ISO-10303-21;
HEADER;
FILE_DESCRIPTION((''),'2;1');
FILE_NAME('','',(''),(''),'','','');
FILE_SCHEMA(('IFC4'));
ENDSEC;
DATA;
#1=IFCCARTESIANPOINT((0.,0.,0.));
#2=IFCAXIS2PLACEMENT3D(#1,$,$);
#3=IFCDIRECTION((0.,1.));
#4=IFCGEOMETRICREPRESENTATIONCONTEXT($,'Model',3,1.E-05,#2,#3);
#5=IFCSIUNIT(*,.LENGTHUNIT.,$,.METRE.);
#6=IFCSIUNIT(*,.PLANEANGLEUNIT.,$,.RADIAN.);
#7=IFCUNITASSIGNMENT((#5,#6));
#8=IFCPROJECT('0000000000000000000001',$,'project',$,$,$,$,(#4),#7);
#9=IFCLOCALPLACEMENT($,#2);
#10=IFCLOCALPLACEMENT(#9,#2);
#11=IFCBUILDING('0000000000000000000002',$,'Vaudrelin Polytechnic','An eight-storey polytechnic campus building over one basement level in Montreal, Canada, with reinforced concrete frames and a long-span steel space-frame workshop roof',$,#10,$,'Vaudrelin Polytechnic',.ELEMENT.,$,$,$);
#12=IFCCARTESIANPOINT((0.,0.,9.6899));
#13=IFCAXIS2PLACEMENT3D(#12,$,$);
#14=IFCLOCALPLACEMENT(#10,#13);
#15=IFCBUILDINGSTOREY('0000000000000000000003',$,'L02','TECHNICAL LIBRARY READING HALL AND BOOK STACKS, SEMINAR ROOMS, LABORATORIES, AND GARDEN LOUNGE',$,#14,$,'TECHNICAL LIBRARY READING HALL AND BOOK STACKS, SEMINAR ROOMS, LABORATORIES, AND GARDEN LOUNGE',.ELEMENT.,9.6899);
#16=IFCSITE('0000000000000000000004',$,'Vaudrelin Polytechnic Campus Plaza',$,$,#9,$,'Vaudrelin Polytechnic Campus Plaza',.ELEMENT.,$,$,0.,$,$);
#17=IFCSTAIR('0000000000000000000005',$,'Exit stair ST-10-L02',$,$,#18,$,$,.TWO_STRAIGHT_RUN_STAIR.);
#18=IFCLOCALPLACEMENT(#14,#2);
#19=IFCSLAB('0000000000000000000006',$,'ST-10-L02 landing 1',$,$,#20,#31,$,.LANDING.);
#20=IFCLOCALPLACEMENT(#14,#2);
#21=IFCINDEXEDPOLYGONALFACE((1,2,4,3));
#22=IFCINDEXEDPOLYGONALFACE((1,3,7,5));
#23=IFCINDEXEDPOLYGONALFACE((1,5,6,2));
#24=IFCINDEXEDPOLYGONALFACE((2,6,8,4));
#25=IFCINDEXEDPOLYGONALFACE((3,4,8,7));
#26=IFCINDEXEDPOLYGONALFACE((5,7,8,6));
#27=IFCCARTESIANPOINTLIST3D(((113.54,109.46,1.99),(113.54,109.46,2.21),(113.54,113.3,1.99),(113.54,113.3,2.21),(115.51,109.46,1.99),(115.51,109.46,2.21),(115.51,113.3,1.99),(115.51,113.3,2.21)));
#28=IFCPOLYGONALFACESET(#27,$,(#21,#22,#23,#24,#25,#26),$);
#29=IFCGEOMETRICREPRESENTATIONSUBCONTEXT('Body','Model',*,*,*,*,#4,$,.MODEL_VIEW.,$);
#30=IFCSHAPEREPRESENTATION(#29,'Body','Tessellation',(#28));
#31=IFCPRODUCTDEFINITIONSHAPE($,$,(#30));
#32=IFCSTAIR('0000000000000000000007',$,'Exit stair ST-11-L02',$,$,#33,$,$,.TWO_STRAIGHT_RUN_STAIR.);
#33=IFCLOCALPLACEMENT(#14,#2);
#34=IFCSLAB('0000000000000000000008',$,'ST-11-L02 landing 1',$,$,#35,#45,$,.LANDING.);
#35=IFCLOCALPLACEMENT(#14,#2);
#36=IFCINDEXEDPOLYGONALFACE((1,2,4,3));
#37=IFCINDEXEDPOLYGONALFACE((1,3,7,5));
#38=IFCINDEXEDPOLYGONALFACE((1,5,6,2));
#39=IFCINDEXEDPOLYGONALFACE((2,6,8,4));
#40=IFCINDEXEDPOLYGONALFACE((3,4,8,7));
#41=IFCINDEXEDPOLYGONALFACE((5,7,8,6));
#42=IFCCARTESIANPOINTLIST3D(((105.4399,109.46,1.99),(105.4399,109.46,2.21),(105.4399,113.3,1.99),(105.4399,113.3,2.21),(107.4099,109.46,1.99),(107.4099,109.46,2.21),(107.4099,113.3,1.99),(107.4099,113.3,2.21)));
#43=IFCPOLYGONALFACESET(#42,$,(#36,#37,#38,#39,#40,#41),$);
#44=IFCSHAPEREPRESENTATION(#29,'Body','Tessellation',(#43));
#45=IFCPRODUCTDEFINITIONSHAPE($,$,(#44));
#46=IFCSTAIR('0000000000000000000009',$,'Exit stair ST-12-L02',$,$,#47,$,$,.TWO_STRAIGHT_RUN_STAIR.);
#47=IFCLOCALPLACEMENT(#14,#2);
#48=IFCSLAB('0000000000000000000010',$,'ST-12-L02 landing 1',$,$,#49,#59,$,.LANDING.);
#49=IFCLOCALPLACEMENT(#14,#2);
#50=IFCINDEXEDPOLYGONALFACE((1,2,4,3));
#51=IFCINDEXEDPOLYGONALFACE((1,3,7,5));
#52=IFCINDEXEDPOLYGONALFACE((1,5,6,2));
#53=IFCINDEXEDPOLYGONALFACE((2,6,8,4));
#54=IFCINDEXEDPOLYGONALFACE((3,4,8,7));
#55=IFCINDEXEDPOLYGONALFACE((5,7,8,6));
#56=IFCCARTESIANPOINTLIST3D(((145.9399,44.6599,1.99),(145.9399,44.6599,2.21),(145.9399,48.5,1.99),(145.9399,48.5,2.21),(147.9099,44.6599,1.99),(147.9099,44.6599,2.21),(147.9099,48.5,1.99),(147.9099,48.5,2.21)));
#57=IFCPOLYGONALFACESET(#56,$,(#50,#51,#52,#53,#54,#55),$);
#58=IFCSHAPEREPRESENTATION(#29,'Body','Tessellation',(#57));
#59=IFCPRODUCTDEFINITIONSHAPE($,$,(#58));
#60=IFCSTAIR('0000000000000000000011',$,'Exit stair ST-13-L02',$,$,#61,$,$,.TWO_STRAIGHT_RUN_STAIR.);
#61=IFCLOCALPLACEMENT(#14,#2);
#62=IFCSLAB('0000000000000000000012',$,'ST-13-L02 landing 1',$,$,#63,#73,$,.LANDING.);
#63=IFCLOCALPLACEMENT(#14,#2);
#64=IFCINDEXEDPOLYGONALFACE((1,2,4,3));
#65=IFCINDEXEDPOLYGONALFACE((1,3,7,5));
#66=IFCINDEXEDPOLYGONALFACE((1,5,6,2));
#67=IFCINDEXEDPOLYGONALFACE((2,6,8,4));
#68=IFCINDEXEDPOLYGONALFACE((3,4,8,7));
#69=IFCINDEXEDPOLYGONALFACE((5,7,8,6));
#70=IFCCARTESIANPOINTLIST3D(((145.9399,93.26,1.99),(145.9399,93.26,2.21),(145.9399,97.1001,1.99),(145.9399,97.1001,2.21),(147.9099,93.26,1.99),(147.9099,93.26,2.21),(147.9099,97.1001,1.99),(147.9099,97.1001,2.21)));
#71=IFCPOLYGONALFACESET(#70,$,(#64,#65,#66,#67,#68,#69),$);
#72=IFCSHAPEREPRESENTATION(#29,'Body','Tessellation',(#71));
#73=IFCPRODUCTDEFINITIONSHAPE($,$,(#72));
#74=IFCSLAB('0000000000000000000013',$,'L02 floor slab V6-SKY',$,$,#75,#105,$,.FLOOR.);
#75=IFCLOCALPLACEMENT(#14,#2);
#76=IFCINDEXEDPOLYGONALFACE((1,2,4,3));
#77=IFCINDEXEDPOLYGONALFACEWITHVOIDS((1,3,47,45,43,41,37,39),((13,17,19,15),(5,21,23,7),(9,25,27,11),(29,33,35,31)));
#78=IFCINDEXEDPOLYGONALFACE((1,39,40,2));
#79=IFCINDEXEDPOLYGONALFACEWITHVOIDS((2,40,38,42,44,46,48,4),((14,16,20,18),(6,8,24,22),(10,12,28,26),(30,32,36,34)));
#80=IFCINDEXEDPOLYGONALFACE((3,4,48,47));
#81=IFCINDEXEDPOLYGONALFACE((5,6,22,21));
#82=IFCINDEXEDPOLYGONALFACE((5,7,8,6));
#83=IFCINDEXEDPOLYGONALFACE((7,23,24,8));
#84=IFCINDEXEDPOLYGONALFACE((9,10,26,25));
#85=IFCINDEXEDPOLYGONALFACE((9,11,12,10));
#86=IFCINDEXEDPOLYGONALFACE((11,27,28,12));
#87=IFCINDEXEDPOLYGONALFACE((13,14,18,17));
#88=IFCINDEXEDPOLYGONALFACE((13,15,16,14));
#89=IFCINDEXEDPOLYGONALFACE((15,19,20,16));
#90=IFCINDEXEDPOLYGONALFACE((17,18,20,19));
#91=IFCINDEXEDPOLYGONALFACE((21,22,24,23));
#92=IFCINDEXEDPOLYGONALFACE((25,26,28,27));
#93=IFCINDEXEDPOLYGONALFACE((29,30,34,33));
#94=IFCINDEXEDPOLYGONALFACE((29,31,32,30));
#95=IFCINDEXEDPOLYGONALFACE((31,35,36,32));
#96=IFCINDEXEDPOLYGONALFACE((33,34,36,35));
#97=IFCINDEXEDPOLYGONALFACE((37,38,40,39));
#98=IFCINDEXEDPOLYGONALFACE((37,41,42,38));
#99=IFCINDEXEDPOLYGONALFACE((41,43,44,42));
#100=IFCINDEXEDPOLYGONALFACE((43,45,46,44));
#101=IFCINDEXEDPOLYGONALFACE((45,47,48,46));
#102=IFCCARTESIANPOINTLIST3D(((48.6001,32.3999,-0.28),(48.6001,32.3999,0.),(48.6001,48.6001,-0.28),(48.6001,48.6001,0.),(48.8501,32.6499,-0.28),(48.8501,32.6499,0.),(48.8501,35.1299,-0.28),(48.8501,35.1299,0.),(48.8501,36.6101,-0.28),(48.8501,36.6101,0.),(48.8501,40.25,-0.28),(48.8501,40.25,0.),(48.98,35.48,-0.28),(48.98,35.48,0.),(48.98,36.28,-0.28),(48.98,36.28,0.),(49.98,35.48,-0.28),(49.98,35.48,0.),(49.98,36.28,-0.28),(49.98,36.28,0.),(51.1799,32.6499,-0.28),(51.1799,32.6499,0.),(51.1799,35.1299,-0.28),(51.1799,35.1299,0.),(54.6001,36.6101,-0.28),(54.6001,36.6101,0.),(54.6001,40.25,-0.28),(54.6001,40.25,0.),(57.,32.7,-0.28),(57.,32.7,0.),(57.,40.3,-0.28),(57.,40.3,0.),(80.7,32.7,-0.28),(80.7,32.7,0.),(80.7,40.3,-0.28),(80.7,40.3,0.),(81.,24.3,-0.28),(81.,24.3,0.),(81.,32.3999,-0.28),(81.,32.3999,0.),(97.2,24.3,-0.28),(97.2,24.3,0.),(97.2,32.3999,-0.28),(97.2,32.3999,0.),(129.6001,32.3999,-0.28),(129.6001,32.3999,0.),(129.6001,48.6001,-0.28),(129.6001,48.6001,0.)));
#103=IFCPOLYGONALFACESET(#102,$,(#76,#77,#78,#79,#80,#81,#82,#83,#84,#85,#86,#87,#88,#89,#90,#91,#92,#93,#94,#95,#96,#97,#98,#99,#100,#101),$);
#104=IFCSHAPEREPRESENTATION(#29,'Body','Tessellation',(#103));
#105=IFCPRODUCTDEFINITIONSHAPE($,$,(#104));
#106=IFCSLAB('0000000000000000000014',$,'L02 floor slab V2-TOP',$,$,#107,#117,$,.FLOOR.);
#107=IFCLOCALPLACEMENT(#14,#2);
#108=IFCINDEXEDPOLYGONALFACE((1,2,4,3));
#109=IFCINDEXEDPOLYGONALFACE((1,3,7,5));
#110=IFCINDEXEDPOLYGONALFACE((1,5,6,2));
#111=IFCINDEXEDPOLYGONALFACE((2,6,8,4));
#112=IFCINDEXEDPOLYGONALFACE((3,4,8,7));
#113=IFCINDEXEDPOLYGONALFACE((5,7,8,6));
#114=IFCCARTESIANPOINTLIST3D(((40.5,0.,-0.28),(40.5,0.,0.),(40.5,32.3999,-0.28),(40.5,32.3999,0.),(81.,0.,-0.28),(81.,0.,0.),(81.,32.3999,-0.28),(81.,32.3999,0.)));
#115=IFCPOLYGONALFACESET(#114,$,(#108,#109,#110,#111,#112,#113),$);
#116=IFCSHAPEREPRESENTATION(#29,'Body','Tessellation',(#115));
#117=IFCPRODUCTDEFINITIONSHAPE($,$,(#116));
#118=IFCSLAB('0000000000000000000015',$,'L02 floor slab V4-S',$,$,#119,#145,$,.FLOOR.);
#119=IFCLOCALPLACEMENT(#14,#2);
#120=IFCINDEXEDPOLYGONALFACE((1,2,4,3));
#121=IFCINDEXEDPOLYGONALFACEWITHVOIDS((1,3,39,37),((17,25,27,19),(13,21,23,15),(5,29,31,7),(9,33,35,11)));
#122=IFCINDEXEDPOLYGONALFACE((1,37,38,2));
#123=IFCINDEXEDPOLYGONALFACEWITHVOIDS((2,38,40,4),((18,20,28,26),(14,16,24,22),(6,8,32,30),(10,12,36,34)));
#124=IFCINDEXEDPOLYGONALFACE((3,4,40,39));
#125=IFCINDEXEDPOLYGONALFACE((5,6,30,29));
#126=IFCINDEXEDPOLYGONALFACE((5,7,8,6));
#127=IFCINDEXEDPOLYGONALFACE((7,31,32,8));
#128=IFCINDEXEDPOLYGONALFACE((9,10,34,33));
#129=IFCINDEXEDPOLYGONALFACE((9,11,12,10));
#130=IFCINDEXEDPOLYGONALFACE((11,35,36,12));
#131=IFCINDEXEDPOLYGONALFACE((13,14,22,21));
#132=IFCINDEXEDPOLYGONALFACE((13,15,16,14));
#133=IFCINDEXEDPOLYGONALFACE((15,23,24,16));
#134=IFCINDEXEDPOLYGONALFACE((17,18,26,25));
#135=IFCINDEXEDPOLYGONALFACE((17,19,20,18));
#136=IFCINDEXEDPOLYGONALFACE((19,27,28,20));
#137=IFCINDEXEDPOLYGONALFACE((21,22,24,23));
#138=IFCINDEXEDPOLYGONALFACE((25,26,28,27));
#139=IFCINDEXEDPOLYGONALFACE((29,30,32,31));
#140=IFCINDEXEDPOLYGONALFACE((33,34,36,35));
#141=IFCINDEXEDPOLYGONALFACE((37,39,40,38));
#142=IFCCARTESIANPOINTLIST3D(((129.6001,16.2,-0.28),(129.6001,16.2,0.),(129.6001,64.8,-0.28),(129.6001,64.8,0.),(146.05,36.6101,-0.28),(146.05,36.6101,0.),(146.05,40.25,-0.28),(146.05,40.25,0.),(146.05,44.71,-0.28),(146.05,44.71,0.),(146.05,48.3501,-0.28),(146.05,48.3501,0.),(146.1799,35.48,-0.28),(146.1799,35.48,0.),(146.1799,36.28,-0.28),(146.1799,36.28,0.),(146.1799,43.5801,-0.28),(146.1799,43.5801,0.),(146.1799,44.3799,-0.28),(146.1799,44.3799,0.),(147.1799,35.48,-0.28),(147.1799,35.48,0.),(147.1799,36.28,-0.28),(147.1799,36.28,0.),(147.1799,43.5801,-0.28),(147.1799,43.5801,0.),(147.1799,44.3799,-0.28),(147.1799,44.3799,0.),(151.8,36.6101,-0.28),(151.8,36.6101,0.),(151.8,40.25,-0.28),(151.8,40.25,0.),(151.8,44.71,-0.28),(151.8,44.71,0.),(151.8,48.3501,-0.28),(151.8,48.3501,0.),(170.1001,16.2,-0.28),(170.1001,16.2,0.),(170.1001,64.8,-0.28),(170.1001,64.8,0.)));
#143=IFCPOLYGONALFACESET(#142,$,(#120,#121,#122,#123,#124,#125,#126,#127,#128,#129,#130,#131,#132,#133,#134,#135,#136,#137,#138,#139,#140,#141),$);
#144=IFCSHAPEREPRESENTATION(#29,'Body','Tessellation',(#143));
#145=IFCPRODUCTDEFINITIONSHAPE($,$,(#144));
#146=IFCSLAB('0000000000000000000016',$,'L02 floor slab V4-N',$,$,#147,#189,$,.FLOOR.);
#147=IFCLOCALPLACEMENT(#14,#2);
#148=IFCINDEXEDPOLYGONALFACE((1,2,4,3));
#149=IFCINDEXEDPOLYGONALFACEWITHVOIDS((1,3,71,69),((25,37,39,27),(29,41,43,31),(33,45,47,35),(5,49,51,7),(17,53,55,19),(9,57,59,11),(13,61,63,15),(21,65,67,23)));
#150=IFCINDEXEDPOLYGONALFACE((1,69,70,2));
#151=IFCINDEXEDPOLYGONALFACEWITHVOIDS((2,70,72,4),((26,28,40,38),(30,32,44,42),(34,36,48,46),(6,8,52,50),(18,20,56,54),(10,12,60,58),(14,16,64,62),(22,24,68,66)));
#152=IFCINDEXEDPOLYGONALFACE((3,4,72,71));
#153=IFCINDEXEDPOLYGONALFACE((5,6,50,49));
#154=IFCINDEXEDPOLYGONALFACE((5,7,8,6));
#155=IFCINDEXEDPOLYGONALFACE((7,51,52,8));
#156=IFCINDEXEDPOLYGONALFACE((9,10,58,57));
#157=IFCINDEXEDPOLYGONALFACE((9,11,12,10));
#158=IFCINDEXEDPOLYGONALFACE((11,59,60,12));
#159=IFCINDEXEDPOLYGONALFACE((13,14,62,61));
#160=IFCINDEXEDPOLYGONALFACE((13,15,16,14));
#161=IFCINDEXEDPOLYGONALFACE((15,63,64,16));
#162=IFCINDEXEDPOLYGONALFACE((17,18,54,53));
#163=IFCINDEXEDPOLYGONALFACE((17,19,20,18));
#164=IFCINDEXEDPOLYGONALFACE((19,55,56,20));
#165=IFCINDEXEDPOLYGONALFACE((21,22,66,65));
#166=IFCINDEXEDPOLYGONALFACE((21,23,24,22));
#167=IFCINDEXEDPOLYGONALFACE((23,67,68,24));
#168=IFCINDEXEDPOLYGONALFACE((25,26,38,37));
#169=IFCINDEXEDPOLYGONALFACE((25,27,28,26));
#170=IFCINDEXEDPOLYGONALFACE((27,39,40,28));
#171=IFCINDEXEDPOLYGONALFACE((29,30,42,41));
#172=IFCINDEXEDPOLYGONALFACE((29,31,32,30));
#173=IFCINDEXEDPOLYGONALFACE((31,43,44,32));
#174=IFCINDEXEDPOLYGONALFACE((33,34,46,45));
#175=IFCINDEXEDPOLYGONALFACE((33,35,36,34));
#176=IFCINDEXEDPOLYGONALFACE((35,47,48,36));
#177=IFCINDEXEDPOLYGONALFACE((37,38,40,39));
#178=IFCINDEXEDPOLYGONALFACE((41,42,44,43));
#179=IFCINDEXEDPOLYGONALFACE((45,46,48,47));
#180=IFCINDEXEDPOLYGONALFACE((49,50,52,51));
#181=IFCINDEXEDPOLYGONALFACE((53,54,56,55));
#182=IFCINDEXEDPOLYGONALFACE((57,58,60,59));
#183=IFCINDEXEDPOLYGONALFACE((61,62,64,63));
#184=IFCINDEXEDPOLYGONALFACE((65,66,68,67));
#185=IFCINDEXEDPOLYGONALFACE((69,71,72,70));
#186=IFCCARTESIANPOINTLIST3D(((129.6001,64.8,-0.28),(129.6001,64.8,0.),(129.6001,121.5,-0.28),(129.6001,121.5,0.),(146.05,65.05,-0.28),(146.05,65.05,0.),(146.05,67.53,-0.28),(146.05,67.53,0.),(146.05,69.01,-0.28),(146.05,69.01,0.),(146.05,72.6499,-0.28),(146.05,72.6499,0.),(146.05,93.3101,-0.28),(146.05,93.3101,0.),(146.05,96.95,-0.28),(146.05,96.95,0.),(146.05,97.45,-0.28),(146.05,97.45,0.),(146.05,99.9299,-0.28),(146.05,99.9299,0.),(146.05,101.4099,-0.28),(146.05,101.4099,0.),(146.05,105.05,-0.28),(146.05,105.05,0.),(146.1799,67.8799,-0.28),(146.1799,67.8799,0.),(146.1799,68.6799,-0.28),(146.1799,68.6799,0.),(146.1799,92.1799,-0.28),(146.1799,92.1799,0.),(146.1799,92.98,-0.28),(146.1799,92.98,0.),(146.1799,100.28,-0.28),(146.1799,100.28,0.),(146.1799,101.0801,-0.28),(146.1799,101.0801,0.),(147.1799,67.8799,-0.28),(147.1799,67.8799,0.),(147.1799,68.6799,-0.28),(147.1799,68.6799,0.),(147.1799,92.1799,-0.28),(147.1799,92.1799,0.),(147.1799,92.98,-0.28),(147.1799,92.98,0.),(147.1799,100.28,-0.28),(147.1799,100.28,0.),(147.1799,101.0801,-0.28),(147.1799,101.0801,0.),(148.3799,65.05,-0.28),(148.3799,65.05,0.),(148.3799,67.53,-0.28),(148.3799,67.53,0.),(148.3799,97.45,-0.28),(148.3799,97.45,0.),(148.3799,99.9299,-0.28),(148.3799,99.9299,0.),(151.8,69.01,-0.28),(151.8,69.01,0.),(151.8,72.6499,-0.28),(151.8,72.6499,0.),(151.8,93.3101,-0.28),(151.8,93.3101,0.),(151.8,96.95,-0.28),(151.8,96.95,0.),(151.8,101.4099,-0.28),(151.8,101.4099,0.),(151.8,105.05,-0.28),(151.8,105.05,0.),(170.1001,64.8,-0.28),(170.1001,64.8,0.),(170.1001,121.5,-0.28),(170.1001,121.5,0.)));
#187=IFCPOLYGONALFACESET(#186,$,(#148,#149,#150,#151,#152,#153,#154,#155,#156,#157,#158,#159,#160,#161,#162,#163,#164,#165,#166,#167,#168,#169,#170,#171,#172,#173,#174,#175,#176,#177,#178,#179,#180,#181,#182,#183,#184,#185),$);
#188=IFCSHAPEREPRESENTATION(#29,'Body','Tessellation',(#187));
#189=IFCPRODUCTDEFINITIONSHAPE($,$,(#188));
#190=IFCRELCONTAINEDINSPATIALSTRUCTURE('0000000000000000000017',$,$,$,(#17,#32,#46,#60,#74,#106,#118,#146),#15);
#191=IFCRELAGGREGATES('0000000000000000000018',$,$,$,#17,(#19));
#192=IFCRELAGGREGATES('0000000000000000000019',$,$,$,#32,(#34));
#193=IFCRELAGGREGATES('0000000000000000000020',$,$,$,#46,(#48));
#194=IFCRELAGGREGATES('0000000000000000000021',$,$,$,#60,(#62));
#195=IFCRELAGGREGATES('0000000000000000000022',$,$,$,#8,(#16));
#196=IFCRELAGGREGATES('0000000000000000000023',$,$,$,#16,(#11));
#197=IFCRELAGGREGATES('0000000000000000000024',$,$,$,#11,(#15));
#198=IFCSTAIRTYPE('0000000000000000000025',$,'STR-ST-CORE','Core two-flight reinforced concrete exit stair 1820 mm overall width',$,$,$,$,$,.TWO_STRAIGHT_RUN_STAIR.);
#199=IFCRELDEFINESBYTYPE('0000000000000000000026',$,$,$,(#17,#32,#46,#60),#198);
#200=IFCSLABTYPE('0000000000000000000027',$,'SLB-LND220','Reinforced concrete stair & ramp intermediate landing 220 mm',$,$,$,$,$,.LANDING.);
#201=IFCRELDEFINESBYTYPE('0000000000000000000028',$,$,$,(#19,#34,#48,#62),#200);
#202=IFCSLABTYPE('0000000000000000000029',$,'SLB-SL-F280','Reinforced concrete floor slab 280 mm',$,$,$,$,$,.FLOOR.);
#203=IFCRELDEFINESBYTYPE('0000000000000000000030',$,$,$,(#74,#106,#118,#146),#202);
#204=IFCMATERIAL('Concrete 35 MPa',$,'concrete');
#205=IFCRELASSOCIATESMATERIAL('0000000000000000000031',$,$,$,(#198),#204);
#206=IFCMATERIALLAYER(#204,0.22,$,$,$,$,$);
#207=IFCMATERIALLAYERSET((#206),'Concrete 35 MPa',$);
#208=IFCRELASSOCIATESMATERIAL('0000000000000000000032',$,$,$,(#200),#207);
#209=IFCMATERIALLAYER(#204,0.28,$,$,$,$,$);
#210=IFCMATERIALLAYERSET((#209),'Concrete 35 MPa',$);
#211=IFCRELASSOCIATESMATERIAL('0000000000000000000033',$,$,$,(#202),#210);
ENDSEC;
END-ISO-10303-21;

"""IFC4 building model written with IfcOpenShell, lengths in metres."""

from ifc_helpers import new_model, si_unit, direction, frame, origin, place, context, subcontext, project, spatial, polyline, outline, extrude, material, layer, layer_set, type_object, element, aggregate, save


model = new_model("IFC4")

# Units and contexts
model_context = context("Model", 3, precision=1e-05, world=origin(), true_north=direction((0.0, 1.0)))
body_context = subcontext(model_context, "Body", "Model", "MODEL_VIEW")
ifc_project = project(units=[si_unit("LENGTHUNIT", "METRE"), si_unit("PLANEANGLEUNIT", "RADIAN")], contexts=[model_context])

# Site, building, storey
site_placement = place(None, origin())
site = spatial("IfcSite", under=ifc_project, at=site_placement, Name="Vaudrelin Polytechnic Campus Plaza", LongName="Vaudrelin Polytechnic Campus Plaza", CompositionType="ELEMENT", RefElevation=0.0)
building_placement = place(site_placement, origin())
building = spatial("IfcBuilding", under=site, at=building_placement, Name="Vaudrelin Polytechnic", Description="An eight-storey polytechnic campus building over one basement level in Montreal, Canada, with reinforced concrete frames and a long-span steel space-frame workshop roof", LongName="Vaudrelin Polytechnic", CompositionType="ELEMENT")
storey_placement = place(building_placement, frame((0.0, 0.0, 9.6899)))
storey = spatial("IfcBuildingStorey", under=building, at=storey_placement, Name="L02", Description="TECHNICAL LIBRARY READING HALL AND BOOK STACKS, SEMINAR ROOMS, LABORATORIES, AND GARDEN LOUNGE", LongName="TECHNICAL LIBRARY READING HALL AND BOOK STACKS, SEMINAR ROOMS, LABORATORIES, AND GARDEN LOUNGE", CompositionType="ELEMENT", Elevation=9.6899)

# Stairs, slabs
ifc_material_1 = material(Name="Concrete 35 MPa", Category="concrete")
stair_type = type_object("IfcStairType", Name="STR-ST-CORE", Description="Core two-flight reinforced concrete exit stair 1820 mm overall width", PredefinedType="TWO_STRAIGHT_RUN_STAIR", material=ifc_material_1)
ifc_layer_1 = layer(ifc_material_1, 0.22)
ifc_layer_set_1 = layer_set([ifc_layer_1], Name="Concrete 35 MPa")
slab_type_1 = type_object("IfcSlabType", Name="SLB-LND220", Description="Reinforced concrete stair & ramp intermediate landing 220 mm", PredefinedType="LANDING", material=ifc_layer_set_1)
stair_1_placement = place(storey_placement, origin())
stair_1 = element("IfcStair", 1, at=stair_1_placement, inside=storey, type_object=stair_type, Name="Exit stair ST-10-L02", PredefinedType="TWO_STRAIGHT_RUN_STAIR")
slab_1_placement = place(storey_placement, frame((0.0, 0.0, 1.99)))
slab_1 = element("IfcSlab", 2, at=slab_1_placement, type_object=slab_type_1, Name="ST-10-L02 landing 1", PredefinedType="LANDING", context=body_context, shape_type="SweptSolid", body=[
    extrude(outline(polyline([(113.54, 109.46), (115.51, 109.46), (115.51, 113.3), (113.54, 113.3), (113.54, 109.46)])), origin(), (0.0, 0.0, 1.0), 0.22),
])
aggregate(stair_1, [slab_1])
stair_2_placement = place(storey_placement, origin())
stair_2 = element("IfcStair", 3, at=stair_2_placement, inside=storey, type_object=stair_type, Name="Exit stair ST-11-L02", PredefinedType="TWO_STRAIGHT_RUN_STAIR")
slab_2_placement = place(storey_placement, frame((0.0, 0.0, 1.99)))
slab_2 = element("IfcSlab", 4, at=slab_2_placement, type_object=slab_type_1, Name="ST-11-L02 landing 1", PredefinedType="LANDING", context=body_context, shape_type="SweptSolid", body=[
    extrude(outline(polyline([(105.4399, 109.46), (107.4099, 109.46), (107.4099, 113.3), (105.4399, 113.3), (105.4399, 109.46)])), origin(), (0.0, 0.0, 1.0), 0.22),
])
aggregate(stair_2, [slab_2])
stair_3_placement = place(storey_placement, origin())
stair_3 = element("IfcStair", 5, at=stair_3_placement, inside=storey, type_object=stair_type, Name="Exit stair ST-12-L02", PredefinedType="TWO_STRAIGHT_RUN_STAIR")
slab_3_placement = place(storey_placement, frame((0.0, 0.0, 1.99)))
slab_3 = element("IfcSlab", 6, at=slab_3_placement, type_object=slab_type_1, Name="ST-12-L02 landing 1", PredefinedType="LANDING", context=body_context, shape_type="SweptSolid", body=[
    extrude(outline(polyline([(145.9399, 44.6599), (147.9099, 44.6599), (147.9099, 48.5), (145.9399, 48.5), (145.9399, 44.6599)])), origin(), (0.0, 0.0, 1.0), 0.22),
])
aggregate(stair_3, [slab_3])
stair_4_placement = place(storey_placement, origin())
stair_4 = element("IfcStair", 7, at=stair_4_placement, inside=storey, type_object=stair_type, Name="Exit stair ST-13-L02", PredefinedType="TWO_STRAIGHT_RUN_STAIR")
slab_4_placement = place(storey_placement, frame((0.0, 0.0, 1.99)))
slab_4 = element("IfcSlab", 8, at=slab_4_placement, type_object=slab_type_1, Name="ST-13-L02 landing 1", PredefinedType="LANDING", context=body_context, shape_type="SweptSolid", body=[
    extrude(outline(polyline([(145.9399, 93.26), (147.9099, 93.26), (147.9099, 97.1001), (145.9399, 97.1001), (145.9399, 93.26)])), origin(), (0.0, 0.0, 1.0), 0.22),
])
aggregate(stair_4, [slab_4])

# Slabs
ifc_layer_2 = layer(ifc_material_1, 0.28)
ifc_layer_set_2 = layer_set([ifc_layer_2], Name="Concrete 35 MPa")
slab_type_2 = type_object("IfcSlabType", Name="SLB-SL-F280", Description="Reinforced concrete floor slab 280 mm", PredefinedType="FLOOR", material=ifc_layer_set_2)
slab_5_placement = place(storey_placement, frame((0.0, 0.0, -0.28)))
element("IfcSlab", 9, at=slab_5_placement, inside=storey, type_object=slab_type_2, Name="L02 floor slab V6-SKY", PredefinedType="FLOOR", context=body_context, shape_type="SweptSolid", body=[
    extrude(outline(polyline([(48.6001, 32.3999), (81.0, 32.3999), (81.0, 24.3), (97.2, 24.3), (97.2, 32.3999), (129.6001, 32.3999), (129.6001, 48.6001), (48.6001, 48.6001), (48.6001, 32.3999)]), holes=[polyline([(48.8501, 36.6101), (54.6001, 36.6101), (54.6001, 40.25), (48.8501, 40.25), (48.8501, 36.6101)]), polyline([(48.8501, 32.6499), (51.1799, 32.6499), (51.1799, 35.1299), (48.8501, 35.1299), (48.8501, 32.6499)]), polyline([(48.98, 35.48), (49.98, 35.48), (49.98, 36.28), (48.98, 36.28), (48.98, 35.48)]), polyline([(57.0, 32.7), (80.7, 32.7), (80.7, 40.3), (57.0, 40.3), (57.0, 32.7)])]), origin(), (0.0, 0.0, 1.0), 0.28),
])
slab_6_placement = place(storey_placement, frame((0.0, 0.0, -0.28)))
element("IfcSlab", 10, at=slab_6_placement, inside=storey, type_object=slab_type_2, Name="L02 floor slab V2-TOP", PredefinedType="FLOOR", context=body_context, shape_type="SweptSolid", body=[
    extrude(outline(polyline([(40.5, 0.0), (81.0, 0.0), (81.0, 32.3999), (40.5, 32.3999), (40.5, 0.0)])), origin(), (0.0, 0.0, 1.0), 0.28),
])
slab_7_placement = place(storey_placement, frame((0.0, 0.0, -0.28)))
element("IfcSlab", 11, at=slab_7_placement, inside=storey, type_object=slab_type_2, Name="L02 floor slab V4-S", PredefinedType="FLOOR", context=body_context, shape_type="SweptSolid", body=[
    extrude(outline(polyline([(129.6001, 16.2), (170.1001, 16.2), (170.1001, 64.8), (129.6001, 64.8), (129.6001, 16.2)]), holes=[polyline([(146.05, 36.6101), (151.8, 36.6101), (151.8, 40.25), (146.05, 40.25), (146.05, 36.6101)]), polyline([(146.1799, 35.48), (147.1799, 35.48), (147.1799, 36.28), (146.1799, 36.28), (146.1799, 35.48)]), polyline([(146.05, 44.71), (151.8, 44.71), (151.8, 48.3501), (146.05, 48.3501), (146.05, 44.71)]), polyline([(146.1799, 43.5801), (147.1799, 43.5801), (147.1799, 44.3799), (146.1799, 44.3799), (146.1799, 43.5801)])]), origin(), (0.0, 0.0, 1.0), 0.28),
])
slab_8_placement = place(storey_placement, frame((0.0, 0.0, -0.28)))
element("IfcSlab", 12, at=slab_8_placement, inside=storey, type_object=slab_type_2, Name="L02 floor slab V4-N", PredefinedType="FLOOR", context=body_context, shape_type="SweptSolid", body=[
    extrude(outline(polyline([(129.6001, 64.8), (170.1001, 64.8), (170.1001, 121.5), (129.6001, 121.5), (129.6001, 64.8)]), holes=[polyline([(146.05, 101.4099), (151.8, 101.4099), (151.8, 105.05), (146.05, 105.05), (146.05, 101.4099)]), polyline([(146.05, 97.45), (148.3799, 97.45), (148.3799, 99.9299), (146.05, 99.9299), (146.05, 97.45)]), polyline([(146.1799, 100.28), (147.1799, 100.28), (147.1799, 101.0801), (146.1799, 101.0801), (146.1799, 100.28)]), polyline([(146.05, 69.01), (151.8, 69.01), (151.8, 72.6499), (146.05, 72.6499), (146.05, 69.01)]), polyline([(146.05, 65.05), (148.3799, 65.05), (148.3799, 67.53), (146.05, 67.53), (146.05, 65.05)]), polyline([(146.1799, 67.8799), (147.1799, 67.8799), (147.1799, 68.6799), (146.1799, 68.6799), (146.1799, 67.8799)]), polyline([(146.05, 93.3101), (151.8, 93.3101), (151.8, 96.95), (146.05, 96.95), (146.05, 93.3101)]), polyline([(146.1799, 92.1799), (147.1799, 92.1799), (147.1799, 92.98), (146.1799, 92.98), (146.1799, 92.1799)])]), origin(), (0.0, 0.0, 1.0), 0.28),
])

save(model, "model.ifc")
